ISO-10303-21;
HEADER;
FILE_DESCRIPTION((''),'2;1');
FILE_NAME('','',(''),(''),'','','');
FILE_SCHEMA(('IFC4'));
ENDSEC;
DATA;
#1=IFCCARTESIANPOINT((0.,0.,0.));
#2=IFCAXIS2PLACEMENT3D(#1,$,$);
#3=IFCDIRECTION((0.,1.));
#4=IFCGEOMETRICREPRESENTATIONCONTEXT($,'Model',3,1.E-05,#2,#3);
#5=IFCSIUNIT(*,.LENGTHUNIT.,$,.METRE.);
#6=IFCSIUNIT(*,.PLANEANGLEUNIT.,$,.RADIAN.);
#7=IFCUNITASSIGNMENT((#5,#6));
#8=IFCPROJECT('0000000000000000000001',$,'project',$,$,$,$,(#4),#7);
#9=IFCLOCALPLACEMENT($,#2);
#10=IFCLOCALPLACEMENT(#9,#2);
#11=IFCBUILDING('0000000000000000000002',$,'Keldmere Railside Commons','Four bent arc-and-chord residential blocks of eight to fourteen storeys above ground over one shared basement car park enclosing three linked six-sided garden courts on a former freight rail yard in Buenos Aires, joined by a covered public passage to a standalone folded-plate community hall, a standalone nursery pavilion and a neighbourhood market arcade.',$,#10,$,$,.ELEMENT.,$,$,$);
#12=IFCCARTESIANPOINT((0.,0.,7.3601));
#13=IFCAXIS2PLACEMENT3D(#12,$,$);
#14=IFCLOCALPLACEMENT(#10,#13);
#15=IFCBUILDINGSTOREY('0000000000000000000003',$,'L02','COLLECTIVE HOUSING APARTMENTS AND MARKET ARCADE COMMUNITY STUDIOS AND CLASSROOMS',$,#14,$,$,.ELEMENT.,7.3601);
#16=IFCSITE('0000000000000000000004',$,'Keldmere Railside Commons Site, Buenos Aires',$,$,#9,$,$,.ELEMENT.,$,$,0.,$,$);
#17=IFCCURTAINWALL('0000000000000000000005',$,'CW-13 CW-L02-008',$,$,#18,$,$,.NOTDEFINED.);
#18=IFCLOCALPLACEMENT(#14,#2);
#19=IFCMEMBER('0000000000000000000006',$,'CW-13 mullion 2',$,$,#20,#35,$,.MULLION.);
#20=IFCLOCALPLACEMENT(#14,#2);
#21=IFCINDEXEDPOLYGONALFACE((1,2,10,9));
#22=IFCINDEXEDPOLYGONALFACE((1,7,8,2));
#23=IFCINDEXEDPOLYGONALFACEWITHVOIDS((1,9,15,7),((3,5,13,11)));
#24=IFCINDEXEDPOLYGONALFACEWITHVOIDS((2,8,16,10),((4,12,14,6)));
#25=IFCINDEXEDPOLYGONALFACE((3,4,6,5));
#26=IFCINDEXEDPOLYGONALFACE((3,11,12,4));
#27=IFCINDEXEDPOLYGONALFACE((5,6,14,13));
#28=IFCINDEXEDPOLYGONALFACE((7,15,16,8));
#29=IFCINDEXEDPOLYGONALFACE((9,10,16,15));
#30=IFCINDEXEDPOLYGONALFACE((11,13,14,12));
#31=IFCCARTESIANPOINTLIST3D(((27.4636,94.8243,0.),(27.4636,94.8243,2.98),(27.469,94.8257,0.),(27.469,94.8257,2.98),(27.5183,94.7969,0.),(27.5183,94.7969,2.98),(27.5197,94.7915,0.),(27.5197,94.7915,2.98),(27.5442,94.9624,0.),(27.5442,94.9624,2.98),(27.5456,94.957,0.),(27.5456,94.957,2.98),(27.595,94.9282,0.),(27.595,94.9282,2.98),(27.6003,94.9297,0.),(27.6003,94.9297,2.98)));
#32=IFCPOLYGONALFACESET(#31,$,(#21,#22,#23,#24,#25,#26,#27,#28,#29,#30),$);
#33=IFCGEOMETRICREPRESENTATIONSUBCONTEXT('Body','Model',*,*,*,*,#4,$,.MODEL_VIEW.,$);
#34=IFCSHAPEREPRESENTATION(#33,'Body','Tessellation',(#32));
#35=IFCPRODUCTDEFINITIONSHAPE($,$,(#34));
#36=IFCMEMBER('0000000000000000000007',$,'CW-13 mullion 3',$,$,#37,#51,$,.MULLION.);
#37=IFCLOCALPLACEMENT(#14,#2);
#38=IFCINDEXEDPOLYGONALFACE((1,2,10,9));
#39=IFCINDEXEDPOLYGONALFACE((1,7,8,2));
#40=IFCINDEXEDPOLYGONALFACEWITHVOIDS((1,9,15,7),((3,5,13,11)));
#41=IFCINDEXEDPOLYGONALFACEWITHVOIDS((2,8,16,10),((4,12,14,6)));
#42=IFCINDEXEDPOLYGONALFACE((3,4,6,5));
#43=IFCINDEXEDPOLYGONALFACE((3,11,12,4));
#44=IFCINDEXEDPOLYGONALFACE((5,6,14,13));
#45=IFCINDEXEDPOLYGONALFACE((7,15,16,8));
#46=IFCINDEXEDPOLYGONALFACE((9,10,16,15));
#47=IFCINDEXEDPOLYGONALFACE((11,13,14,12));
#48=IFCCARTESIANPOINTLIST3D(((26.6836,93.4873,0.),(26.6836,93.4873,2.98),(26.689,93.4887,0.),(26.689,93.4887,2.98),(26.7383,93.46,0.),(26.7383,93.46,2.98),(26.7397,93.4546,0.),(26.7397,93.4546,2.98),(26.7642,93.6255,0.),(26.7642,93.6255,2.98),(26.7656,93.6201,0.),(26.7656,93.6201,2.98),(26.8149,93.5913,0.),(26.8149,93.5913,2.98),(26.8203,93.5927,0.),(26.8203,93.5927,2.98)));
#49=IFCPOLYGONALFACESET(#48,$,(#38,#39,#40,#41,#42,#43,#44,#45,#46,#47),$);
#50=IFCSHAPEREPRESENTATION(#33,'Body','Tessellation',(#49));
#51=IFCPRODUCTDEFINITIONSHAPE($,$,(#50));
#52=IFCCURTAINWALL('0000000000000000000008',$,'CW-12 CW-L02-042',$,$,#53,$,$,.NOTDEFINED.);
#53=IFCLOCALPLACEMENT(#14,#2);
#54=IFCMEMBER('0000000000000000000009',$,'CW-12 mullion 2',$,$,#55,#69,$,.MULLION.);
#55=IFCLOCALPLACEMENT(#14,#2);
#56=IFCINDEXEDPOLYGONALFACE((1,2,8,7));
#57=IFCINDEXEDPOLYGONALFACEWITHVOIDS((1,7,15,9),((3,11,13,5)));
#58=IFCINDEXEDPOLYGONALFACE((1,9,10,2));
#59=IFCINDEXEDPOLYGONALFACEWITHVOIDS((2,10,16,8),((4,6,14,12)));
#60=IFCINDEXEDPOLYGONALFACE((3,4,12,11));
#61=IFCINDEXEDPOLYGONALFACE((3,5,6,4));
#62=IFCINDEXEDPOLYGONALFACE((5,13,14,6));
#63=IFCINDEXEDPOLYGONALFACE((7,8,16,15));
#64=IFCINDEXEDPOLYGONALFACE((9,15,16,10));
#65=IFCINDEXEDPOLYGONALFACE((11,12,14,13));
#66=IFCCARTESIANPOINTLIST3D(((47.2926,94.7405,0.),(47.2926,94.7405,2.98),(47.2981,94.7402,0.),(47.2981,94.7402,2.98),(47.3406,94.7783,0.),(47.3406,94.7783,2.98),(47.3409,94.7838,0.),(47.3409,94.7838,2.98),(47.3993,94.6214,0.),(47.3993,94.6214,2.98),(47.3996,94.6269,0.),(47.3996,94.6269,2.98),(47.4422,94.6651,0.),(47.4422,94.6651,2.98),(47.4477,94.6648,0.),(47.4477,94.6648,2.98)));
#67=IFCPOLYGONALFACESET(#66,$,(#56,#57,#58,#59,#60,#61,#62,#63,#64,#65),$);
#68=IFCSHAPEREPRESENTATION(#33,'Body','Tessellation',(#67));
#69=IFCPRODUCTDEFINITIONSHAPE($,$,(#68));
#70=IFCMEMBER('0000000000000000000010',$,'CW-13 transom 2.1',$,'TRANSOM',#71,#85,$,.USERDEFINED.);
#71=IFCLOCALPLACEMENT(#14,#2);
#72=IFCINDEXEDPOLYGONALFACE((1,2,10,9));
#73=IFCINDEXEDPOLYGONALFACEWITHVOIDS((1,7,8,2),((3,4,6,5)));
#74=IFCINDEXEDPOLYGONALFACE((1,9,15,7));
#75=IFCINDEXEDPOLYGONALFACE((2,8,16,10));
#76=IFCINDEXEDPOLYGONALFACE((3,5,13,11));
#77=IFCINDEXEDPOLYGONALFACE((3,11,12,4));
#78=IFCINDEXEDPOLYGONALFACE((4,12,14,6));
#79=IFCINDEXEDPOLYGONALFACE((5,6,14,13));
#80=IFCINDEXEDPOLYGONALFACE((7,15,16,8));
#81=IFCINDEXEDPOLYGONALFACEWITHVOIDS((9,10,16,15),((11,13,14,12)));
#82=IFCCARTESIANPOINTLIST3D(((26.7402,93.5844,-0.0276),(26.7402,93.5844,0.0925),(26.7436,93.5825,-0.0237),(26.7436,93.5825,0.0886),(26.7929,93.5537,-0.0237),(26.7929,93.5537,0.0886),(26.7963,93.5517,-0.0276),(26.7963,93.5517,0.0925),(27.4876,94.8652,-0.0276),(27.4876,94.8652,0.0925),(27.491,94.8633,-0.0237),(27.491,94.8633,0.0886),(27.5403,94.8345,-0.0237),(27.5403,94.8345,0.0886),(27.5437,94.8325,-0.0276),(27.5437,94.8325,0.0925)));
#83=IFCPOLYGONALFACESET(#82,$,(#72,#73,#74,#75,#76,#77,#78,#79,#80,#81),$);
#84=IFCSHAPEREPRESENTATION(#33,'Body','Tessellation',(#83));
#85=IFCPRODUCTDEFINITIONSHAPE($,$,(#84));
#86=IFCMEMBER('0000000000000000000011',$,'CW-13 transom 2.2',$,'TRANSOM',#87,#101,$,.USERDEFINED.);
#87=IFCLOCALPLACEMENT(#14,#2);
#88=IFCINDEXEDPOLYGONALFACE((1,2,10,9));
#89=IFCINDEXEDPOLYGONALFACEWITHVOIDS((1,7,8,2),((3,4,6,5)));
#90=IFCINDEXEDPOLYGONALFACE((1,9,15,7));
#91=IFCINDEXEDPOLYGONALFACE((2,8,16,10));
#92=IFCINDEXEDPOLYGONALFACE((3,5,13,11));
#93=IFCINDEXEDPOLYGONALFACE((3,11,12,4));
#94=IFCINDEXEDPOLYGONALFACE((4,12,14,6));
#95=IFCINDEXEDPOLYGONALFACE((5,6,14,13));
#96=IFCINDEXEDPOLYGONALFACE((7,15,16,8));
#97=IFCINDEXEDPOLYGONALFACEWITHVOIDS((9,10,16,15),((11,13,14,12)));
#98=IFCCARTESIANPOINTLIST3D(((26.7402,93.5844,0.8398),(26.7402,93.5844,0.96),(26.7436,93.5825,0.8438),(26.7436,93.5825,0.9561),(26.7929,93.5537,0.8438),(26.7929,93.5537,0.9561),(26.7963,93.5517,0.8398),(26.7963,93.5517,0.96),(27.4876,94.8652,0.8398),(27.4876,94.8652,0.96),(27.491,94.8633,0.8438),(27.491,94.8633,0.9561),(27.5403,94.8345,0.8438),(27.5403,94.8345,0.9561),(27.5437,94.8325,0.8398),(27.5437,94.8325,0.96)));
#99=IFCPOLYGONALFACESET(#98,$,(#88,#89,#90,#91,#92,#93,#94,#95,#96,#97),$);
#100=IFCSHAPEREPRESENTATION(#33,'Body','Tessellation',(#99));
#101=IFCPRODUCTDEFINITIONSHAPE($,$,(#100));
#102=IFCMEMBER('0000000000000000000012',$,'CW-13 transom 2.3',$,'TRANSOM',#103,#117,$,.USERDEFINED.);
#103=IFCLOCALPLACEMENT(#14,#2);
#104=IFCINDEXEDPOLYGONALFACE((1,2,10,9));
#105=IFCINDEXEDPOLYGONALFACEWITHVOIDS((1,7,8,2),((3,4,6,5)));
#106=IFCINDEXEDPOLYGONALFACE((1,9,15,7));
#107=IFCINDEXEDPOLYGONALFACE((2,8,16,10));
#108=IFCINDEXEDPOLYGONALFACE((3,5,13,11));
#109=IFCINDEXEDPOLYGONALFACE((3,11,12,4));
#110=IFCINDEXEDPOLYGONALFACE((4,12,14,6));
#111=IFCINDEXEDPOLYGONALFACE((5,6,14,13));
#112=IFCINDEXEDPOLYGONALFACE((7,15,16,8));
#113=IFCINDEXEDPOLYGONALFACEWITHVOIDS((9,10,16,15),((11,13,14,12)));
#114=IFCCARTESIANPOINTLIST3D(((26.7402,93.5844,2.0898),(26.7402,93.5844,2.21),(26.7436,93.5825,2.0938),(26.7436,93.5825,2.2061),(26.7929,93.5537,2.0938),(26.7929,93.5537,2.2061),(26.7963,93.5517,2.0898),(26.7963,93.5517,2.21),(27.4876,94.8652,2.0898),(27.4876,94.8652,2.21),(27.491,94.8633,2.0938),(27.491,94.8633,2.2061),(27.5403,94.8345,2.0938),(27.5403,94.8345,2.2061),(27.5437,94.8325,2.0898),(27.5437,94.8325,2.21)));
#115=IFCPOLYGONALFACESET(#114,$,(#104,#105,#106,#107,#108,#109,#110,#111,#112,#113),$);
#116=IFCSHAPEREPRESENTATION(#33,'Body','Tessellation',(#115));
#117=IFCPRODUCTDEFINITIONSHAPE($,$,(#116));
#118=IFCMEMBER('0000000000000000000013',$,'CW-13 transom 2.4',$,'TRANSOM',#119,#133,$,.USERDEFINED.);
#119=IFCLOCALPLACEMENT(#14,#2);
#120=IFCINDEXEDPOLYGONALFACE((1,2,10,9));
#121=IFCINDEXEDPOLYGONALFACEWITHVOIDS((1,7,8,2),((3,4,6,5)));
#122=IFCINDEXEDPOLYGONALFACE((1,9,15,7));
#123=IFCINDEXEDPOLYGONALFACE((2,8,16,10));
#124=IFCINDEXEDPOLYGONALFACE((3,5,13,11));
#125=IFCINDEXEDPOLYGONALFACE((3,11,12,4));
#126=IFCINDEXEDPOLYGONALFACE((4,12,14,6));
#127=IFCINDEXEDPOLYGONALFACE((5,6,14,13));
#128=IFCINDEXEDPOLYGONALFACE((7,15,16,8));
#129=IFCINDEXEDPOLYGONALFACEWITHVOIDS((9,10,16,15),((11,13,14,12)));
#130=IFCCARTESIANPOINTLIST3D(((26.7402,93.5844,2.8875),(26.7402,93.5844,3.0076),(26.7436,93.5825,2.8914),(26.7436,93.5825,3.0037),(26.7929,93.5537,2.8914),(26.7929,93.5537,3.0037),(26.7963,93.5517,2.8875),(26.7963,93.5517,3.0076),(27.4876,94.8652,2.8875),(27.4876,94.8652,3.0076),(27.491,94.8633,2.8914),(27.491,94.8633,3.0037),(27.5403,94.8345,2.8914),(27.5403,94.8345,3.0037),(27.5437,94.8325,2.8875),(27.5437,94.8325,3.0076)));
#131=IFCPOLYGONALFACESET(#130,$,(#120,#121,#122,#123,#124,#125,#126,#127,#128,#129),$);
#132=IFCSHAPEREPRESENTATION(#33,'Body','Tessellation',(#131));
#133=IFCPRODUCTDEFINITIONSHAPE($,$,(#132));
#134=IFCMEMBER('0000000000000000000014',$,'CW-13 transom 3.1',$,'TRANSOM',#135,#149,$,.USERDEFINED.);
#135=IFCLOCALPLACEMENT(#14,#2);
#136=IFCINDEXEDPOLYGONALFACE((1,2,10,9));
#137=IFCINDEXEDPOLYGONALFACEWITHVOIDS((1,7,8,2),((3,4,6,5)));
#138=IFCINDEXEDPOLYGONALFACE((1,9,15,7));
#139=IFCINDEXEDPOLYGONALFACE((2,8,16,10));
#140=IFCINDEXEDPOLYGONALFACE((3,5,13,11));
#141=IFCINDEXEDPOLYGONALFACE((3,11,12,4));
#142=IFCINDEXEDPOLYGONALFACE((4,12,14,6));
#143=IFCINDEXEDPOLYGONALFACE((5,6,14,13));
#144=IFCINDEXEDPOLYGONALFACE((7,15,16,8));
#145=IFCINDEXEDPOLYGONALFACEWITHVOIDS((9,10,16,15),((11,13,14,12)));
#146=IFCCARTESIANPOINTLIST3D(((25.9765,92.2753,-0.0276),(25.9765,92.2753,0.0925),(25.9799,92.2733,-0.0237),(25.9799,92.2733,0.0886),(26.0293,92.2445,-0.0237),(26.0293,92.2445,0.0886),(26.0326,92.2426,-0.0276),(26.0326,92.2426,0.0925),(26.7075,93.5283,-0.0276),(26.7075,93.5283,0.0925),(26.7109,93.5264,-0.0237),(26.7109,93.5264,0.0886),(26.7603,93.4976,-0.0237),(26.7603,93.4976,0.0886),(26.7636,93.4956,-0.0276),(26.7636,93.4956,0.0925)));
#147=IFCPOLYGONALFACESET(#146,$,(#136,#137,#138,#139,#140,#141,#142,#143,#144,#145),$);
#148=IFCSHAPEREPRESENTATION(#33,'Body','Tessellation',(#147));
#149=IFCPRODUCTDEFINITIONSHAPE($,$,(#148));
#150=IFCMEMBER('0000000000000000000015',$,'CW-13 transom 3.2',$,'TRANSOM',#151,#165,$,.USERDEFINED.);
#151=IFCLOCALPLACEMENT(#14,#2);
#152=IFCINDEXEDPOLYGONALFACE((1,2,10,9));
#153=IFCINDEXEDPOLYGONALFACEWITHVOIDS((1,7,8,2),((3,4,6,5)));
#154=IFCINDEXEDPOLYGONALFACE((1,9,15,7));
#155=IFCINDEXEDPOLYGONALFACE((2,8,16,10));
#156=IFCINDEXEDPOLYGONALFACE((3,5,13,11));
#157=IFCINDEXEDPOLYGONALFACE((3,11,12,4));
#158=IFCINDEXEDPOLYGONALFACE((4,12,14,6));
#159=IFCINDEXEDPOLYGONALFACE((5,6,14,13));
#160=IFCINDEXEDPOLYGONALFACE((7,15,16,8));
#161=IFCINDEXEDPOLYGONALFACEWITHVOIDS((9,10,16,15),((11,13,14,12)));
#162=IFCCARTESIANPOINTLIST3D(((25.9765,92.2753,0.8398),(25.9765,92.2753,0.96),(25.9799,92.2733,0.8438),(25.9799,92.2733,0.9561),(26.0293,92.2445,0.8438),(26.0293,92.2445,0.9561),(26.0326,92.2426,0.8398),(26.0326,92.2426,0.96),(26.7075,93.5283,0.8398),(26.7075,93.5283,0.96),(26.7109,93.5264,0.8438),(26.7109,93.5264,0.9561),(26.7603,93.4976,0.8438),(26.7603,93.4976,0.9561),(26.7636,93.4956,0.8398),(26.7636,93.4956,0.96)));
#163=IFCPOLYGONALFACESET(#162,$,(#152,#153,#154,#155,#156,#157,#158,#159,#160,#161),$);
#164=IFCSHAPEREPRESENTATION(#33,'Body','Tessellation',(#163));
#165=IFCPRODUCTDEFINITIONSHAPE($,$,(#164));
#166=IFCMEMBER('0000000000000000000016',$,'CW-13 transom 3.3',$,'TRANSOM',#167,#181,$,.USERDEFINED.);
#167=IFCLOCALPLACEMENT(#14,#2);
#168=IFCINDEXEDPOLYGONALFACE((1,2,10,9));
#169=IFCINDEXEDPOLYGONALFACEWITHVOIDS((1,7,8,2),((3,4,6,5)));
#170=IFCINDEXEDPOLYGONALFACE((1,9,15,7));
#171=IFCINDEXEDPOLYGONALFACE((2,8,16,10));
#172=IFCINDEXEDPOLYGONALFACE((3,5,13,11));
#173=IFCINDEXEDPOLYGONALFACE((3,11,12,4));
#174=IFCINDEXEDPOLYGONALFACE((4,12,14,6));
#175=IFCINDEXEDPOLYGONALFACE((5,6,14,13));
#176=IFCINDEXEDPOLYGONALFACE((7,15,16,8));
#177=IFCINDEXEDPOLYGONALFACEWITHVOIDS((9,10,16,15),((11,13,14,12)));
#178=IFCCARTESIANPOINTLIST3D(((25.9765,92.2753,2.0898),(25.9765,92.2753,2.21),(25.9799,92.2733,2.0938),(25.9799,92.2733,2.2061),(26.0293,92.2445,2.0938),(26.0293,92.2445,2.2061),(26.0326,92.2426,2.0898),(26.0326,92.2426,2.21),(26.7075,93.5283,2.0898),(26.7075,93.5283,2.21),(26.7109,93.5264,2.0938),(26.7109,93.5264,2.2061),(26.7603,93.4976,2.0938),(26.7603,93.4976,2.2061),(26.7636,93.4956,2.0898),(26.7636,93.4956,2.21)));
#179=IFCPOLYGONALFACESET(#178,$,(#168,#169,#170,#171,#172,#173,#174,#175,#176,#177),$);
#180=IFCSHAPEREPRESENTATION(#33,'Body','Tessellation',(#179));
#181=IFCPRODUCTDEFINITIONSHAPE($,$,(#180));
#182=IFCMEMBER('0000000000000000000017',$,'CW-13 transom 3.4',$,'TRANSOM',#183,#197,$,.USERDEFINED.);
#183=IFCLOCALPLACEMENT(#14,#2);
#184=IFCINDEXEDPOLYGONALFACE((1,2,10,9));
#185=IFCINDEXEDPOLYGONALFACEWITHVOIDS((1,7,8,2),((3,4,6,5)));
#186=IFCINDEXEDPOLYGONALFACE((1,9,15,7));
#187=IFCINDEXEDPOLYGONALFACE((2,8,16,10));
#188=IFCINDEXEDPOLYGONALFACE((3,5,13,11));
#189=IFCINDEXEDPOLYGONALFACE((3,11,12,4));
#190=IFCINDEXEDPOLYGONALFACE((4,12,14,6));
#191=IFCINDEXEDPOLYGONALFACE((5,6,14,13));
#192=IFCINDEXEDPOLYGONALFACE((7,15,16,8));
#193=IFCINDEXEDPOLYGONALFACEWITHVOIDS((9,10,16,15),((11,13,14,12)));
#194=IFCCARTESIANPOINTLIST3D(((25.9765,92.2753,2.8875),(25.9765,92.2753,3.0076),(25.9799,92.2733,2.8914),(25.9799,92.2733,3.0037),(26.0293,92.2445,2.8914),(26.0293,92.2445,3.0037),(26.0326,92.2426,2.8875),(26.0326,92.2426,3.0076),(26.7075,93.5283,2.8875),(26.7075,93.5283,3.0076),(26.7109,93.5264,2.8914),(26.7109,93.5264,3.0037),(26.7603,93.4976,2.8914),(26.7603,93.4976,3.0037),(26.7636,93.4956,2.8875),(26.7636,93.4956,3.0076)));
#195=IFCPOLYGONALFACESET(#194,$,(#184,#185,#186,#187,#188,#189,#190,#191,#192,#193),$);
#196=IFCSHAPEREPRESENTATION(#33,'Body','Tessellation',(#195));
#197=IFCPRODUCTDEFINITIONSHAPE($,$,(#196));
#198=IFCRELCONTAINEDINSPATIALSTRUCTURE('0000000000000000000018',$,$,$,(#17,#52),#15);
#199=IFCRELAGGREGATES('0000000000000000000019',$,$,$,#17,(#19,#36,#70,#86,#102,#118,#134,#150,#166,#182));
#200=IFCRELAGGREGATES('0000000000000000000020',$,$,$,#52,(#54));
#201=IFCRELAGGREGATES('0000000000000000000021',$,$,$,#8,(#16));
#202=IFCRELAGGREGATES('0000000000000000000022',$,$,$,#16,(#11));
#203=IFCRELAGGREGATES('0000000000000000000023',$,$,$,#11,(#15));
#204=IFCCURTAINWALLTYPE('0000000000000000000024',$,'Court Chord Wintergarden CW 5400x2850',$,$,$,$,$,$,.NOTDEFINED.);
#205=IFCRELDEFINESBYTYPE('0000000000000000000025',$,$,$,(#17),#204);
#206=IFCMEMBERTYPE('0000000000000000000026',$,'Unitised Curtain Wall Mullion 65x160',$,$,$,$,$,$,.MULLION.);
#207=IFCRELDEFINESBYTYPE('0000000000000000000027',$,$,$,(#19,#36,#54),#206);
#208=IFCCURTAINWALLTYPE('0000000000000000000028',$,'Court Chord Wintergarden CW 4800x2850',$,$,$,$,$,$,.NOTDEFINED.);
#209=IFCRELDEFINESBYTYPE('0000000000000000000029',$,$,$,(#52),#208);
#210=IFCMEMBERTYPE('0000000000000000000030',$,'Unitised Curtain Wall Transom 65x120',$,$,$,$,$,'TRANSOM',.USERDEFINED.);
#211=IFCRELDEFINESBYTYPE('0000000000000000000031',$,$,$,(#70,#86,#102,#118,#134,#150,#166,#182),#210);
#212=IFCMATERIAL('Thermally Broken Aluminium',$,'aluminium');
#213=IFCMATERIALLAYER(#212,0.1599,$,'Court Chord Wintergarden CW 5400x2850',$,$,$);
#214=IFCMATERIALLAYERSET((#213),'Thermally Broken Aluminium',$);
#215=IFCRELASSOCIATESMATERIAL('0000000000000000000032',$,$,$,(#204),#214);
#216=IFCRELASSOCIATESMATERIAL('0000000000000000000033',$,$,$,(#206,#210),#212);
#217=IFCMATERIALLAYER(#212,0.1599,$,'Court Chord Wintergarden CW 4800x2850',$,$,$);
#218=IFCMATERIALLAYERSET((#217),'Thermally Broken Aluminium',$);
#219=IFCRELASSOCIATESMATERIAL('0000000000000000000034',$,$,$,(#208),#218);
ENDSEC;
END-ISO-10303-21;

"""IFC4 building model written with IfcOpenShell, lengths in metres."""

from ifc_helpers import new_model, si_unit, direction, frame, origin, origin_2d, place, context, subcontext, project, spatial, hollow_rectangle, extrude, material, layer, layer_set, material_profile, profile_set, type_object, element, aggregate, save


model = new_model("IFC4")

# Units and contexts
model_context = context("Model", 3, precision=1e-05, world=origin(), true_north=direction((0.0, 1.0)))
body_context = subcontext(model_context, "Body", "Model", "MODEL_VIEW")
ifc_project = project(units=[si_unit("LENGTHUNIT", "METRE"), si_unit("PLANEANGLEUNIT", "RADIAN")], contexts=[model_context])

# Site, building, storey
site_placement = place(None, origin())
site = spatial("IfcSite", under=ifc_project, at=site_placement, Name="Keldmere Railside Commons Site, Buenos Aires", CompositionType="ELEMENT", RefElevation=0.0)
building_placement = place(site_placement, origin())
building = spatial("IfcBuilding", under=site, at=building_placement, Name="Keldmere Railside Commons", Description="Four bent arc-and-chord residential blocks of eight to fourteen storeys above ground over one shared basement car park enclosing three linked six-sided garden courts on a former freight rail yard in Buenos Aires, joined by a covered public passage to a standalone folded-plate community hall, a standalone nursery pavilion and a neighbourhood market arcade.", CompositionType="ELEMENT")
storey_placement = place(building_placement, frame((0.0, 0.0, 7.3601)))
storey = spatial("IfcBuildingStorey", under=building, at=storey_placement, Name="L02", Description="COLLECTIVE HOUSING APARTMENTS AND MARKET ARCADE COMMUNITY STUDIOS AND CLASSROOMS", CompositionType="ELEMENT", Elevation=7.3601)

# Curtain wall, members
ifc_material_1 = material(Name="Thermally Broken Aluminium", Category="aluminium")
ifc_layer_1 = layer(ifc_material_1, 0.1599, Name="Court Chord Wintergarden CW 5400x2850")
ifc_layer_set_1 = layer_set([ifc_layer_1], Name="Thermally Broken Aluminium")
curtain_wall_type_1 = type_object("IfcCurtainWallType", Name="Court Chord Wintergarden CW 5400x2850", PredefinedType="NOTDEFINED", material=ifc_layer_set_1)
curtain_wall_1_placement = place(storey_placement, origin())
curtain_wall_1 = element("IfcCurtainWall", 1, at=curtain_wall_1_placement, inside=storey, type_object=curtain_wall_type_1, Name="CW-13 CW-L02-008", PredefinedType="NOTDEFINED")
ifc_material_profile_1 = material_profile(ifc_material_1, hollow_rectangle(XDim=0.0649, YDim=0.1599, WallThickness=0.0039, at=origin_2d()), Name="ALU-MULL-65x160")
ifc_profile_set_1 = profile_set([ifc_material_profile_1], Name="Thermally Broken Aluminium")
member_type_1 = type_object("IfcMemberType", Name="Unitised Curtain Wall Mullion 65x160", PredefinedType="MULLION", material=ifc_profile_set_1)
member_1_placement = place(storey_placement, frame((27.532, 94.877, 0.0), z_axis=(0.0, 0.0, 1.0), x_axis=(0.863755, -0.503911, 0.0)))
member_1 = element("IfcMember", 2, at=member_1_placement, type_object=member_type_1, Name="CW-13 mullion 2", PredefinedType="MULLION", context=body_context, shape_type="SweptSolid", body=[
    extrude(hollow_rectangle(XDim=0.0649, YDim=0.1599, WallThickness=0.0039, at=origin_2d()), origin(), (0.0, 0.0, 1.0), 2.98),
])
member_2_placement = place(storey_placement, frame((26.752, 93.54, 0.0), z_axis=(0.0, 0.0, 1.0), x_axis=(0.863755, -0.503911, 0.0)))
member_2 = element("IfcMember", 3, at=member_2_placement, type_object=member_type_1, Name="CW-13 mullion 3", PredefinedType="MULLION", context=body_context, shape_type="SweptSolid", body=[
    extrude(hollow_rectangle(XDim=0.0649, YDim=0.1599, WallThickness=0.0039, at=origin_2d()), origin(), (0.0, 0.0, 1.0), 2.98),
])

# Curtain wall, member
ifc_layer_2 = layer(ifc_material_1, 0.1599, Name="Court Chord Wintergarden CW 4800x2850")
ifc_layer_set_2 = layer_set([ifc_layer_2], Name="Thermally Broken Aluminium")
curtain_wall_type_2 = type_object("IfcCurtainWallType", Name="Court Chord Wintergarden CW 4800x2850", PredefinedType="NOTDEFINED", material=ifc_layer_set_2)
curtain_wall_2_placement = place(storey_placement, origin())
curtain_wall_2 = element("IfcCurtainWall", 4, at=curtain_wall_2_placement, inside=storey, type_object=curtain_wall_type_2, Name="CW-12 CW-L02-042", PredefinedType="NOTDEFINED")
member_3_placement = place(storey_placement, frame((47.3701, 94.7026, 0.0), z_axis=(0.0, 0.0, 1.0), x_axis=(-0.744557, -0.667559, 0.0)))
member_3 = element("IfcMember", 5, at=member_3_placement, type_object=member_type_1, Name="CW-12 mullion 2", PredefinedType="MULLION", context=body_context, shape_type="SweptSolid", body=[
    extrude(hollow_rectangle(XDim=0.0649, YDim=0.1599, WallThickness=0.0039, at=origin_2d()), origin(), (0.0, 0.0, 1.0), 2.98),
])

# Members
ifc_material_profile_2 = material_profile(ifc_material_1, hollow_rectangle(XDim=0.0649, YDim=0.1201, WallThickness=0.0039, at=origin_2d()), Name="ALU-TRAN-65x120")
ifc_profile_set_2 = profile_set([ifc_material_profile_2], Name="Thermally Broken Aluminium")
member_type_2 = type_object("IfcMemberType", Name="Unitised Curtain Wall Transom 65x120", ElementType="TRANSOM", PredefinedType="USERDEFINED", material=ifc_profile_set_2)
member_4_placement = place(storey_placement, frame((27.5156, 94.8489, 0.0325), z_axis=(-0.503973, -0.863719, 0.0), x_axis=(0.863719, -0.503973, 0.0)))
member_4 = element("IfcMember", 6, at=member_4_placement, type_object=member_type_2, Name="CW-13 transom 2.1", ObjectType="TRANSOM", PredefinedType="USERDEFINED", context=body_context, shape_type="SweptSolid", body=[
    extrude(hollow_rectangle(XDim=0.0649, YDim=0.1201, WallThickness=0.0039, at=origin_2d()), origin(), (0.0, 0.0, 1.0), 1.4829),
])
member_5_placement = place(storey_placement, frame((27.5156, 94.8489, 0.8999), z_axis=(-0.503973, -0.863719, 0.0), x_axis=(0.863719, -0.503973, 0.0)))
member_5 = element("IfcMember", 7, at=member_5_placement, type_object=member_type_2, Name="CW-13 transom 2.2", ObjectType="TRANSOM", PredefinedType="USERDEFINED", context=body_context, shape_type="SweptSolid", body=[
    extrude(hollow_rectangle(XDim=0.0649, YDim=0.1201, WallThickness=0.0039, at=origin_2d()), origin(), (0.0, 0.0, 1.0), 1.4829),
])
member_6_placement = place(storey_placement, frame((27.5156, 94.8489, 2.1499), z_axis=(-0.503973, -0.863719, 0.0), x_axis=(0.863719, -0.503973, 0.0)))
member_6 = element("IfcMember", 8, at=member_6_placement, type_object=member_type_2, Name="CW-13 transom 2.3", ObjectType="TRANSOM", PredefinedType="USERDEFINED", context=body_context, shape_type="SweptSolid", body=[
    extrude(hollow_rectangle(XDim=0.0649, YDim=0.1201, WallThickness=0.0039, at=origin_2d()), origin(), (0.0, 0.0, 1.0), 1.4829),
])
member_7_placement = place(storey_placement, frame((27.5156, 94.8489, 2.9475), z_axis=(-0.503973, -0.863719, 0.0), x_axis=(0.863719, -0.503973, 0.0)))
member_7 = element("IfcMember", 9, at=member_7_placement, type_object=member_type_2, Name="CW-13 transom 2.4", ObjectType="TRANSOM", PredefinedType="USERDEFINED", context=body_context, shape_type="SweptSolid", body=[
    extrude(hollow_rectangle(XDim=0.0649, YDim=0.1201, WallThickness=0.0039, at=origin_2d()), origin(), (0.0, 0.0, 1.0), 1.4829),
])
member_8_placement = place(storey_placement, frame((26.7356, 93.512, 0.0325), z_axis=(-0.503913, -0.863754, 0.0), x_axis=(0.863754, -0.503913, 0.0)))
member_8 = element("IfcMember", 10, at=member_8_placement, type_object=member_type_2, Name="CW-13 transom 3.1", ObjectType="TRANSOM", PredefinedType="USERDEFINED", context=body_context, shape_type="SweptSolid", body=[
    extrude(hollow_rectangle(XDim=0.0649, YDim=0.1201, WallThickness=0.0039, at=origin_2d()), origin(), (0.0, 0.0, 1.0), 1.4507),
])
member_9_placement = place(storey_placement, frame((26.7356, 93.512, 0.8999), z_axis=(-0.503913, -0.863754, 0.0), x_axis=(0.863754, -0.503913, 0.0)))
member_9 = element("IfcMember", 11, at=member_9_placement, type_object=member_type_2, Name="CW-13 transom 3.2", ObjectType="TRANSOM", PredefinedType="USERDEFINED", context=body_context, shape_type="SweptSolid", body=[
    extrude(hollow_rectangle(XDim=0.0649, YDim=0.1201, WallThickness=0.0039, at=origin_2d()), origin(), (0.0, 0.0, 1.0), 1.4507),
])
member_10_placement = place(storey_placement, frame((26.7356, 93.512, 2.1499), z_axis=(-0.503913, -0.863754, 0.0), x_axis=(0.863754, -0.503913, 0.0)))
member_10 = element("IfcMember", 12, at=member_10_placement, type_object=member_type_2, Name="CW-13 transom 3.3", ObjectType="TRANSOM", PredefinedType="USERDEFINED", context=body_context, shape_type="SweptSolid", body=[
    extrude(hollow_rectangle(XDim=0.0649, YDim=0.1201, WallThickness=0.0039, at=origin_2d()), origin(), (0.0, 0.0, 1.0), 1.4507),
])
member_11_placement = place(storey_placement, frame((26.7356, 93.512, 2.9475), z_axis=(-0.503913, -0.863754, 0.0), x_axis=(0.863754, -0.503913, 0.0)))
member_11 = element("IfcMember", 13, at=member_11_placement, type_object=member_type_2, Name="CW-13 transom 3.4", ObjectType="TRANSOM", PredefinedType="USERDEFINED", context=body_context, shape_type="SweptSolid", body=[
    extrude(hollow_rectangle(XDim=0.0649, YDim=0.1201, WallThickness=0.0039, at=origin_2d()), origin(), (0.0, 0.0, 1.0), 1.4507),
])

aggregate(curtain_wall_1, [member_1, member_2, member_4, member_5, member_6, member_7, member_8, member_9, member_10, member_11])
aggregate(curtain_wall_2, [member_3])

save(model, "model.ifc")
